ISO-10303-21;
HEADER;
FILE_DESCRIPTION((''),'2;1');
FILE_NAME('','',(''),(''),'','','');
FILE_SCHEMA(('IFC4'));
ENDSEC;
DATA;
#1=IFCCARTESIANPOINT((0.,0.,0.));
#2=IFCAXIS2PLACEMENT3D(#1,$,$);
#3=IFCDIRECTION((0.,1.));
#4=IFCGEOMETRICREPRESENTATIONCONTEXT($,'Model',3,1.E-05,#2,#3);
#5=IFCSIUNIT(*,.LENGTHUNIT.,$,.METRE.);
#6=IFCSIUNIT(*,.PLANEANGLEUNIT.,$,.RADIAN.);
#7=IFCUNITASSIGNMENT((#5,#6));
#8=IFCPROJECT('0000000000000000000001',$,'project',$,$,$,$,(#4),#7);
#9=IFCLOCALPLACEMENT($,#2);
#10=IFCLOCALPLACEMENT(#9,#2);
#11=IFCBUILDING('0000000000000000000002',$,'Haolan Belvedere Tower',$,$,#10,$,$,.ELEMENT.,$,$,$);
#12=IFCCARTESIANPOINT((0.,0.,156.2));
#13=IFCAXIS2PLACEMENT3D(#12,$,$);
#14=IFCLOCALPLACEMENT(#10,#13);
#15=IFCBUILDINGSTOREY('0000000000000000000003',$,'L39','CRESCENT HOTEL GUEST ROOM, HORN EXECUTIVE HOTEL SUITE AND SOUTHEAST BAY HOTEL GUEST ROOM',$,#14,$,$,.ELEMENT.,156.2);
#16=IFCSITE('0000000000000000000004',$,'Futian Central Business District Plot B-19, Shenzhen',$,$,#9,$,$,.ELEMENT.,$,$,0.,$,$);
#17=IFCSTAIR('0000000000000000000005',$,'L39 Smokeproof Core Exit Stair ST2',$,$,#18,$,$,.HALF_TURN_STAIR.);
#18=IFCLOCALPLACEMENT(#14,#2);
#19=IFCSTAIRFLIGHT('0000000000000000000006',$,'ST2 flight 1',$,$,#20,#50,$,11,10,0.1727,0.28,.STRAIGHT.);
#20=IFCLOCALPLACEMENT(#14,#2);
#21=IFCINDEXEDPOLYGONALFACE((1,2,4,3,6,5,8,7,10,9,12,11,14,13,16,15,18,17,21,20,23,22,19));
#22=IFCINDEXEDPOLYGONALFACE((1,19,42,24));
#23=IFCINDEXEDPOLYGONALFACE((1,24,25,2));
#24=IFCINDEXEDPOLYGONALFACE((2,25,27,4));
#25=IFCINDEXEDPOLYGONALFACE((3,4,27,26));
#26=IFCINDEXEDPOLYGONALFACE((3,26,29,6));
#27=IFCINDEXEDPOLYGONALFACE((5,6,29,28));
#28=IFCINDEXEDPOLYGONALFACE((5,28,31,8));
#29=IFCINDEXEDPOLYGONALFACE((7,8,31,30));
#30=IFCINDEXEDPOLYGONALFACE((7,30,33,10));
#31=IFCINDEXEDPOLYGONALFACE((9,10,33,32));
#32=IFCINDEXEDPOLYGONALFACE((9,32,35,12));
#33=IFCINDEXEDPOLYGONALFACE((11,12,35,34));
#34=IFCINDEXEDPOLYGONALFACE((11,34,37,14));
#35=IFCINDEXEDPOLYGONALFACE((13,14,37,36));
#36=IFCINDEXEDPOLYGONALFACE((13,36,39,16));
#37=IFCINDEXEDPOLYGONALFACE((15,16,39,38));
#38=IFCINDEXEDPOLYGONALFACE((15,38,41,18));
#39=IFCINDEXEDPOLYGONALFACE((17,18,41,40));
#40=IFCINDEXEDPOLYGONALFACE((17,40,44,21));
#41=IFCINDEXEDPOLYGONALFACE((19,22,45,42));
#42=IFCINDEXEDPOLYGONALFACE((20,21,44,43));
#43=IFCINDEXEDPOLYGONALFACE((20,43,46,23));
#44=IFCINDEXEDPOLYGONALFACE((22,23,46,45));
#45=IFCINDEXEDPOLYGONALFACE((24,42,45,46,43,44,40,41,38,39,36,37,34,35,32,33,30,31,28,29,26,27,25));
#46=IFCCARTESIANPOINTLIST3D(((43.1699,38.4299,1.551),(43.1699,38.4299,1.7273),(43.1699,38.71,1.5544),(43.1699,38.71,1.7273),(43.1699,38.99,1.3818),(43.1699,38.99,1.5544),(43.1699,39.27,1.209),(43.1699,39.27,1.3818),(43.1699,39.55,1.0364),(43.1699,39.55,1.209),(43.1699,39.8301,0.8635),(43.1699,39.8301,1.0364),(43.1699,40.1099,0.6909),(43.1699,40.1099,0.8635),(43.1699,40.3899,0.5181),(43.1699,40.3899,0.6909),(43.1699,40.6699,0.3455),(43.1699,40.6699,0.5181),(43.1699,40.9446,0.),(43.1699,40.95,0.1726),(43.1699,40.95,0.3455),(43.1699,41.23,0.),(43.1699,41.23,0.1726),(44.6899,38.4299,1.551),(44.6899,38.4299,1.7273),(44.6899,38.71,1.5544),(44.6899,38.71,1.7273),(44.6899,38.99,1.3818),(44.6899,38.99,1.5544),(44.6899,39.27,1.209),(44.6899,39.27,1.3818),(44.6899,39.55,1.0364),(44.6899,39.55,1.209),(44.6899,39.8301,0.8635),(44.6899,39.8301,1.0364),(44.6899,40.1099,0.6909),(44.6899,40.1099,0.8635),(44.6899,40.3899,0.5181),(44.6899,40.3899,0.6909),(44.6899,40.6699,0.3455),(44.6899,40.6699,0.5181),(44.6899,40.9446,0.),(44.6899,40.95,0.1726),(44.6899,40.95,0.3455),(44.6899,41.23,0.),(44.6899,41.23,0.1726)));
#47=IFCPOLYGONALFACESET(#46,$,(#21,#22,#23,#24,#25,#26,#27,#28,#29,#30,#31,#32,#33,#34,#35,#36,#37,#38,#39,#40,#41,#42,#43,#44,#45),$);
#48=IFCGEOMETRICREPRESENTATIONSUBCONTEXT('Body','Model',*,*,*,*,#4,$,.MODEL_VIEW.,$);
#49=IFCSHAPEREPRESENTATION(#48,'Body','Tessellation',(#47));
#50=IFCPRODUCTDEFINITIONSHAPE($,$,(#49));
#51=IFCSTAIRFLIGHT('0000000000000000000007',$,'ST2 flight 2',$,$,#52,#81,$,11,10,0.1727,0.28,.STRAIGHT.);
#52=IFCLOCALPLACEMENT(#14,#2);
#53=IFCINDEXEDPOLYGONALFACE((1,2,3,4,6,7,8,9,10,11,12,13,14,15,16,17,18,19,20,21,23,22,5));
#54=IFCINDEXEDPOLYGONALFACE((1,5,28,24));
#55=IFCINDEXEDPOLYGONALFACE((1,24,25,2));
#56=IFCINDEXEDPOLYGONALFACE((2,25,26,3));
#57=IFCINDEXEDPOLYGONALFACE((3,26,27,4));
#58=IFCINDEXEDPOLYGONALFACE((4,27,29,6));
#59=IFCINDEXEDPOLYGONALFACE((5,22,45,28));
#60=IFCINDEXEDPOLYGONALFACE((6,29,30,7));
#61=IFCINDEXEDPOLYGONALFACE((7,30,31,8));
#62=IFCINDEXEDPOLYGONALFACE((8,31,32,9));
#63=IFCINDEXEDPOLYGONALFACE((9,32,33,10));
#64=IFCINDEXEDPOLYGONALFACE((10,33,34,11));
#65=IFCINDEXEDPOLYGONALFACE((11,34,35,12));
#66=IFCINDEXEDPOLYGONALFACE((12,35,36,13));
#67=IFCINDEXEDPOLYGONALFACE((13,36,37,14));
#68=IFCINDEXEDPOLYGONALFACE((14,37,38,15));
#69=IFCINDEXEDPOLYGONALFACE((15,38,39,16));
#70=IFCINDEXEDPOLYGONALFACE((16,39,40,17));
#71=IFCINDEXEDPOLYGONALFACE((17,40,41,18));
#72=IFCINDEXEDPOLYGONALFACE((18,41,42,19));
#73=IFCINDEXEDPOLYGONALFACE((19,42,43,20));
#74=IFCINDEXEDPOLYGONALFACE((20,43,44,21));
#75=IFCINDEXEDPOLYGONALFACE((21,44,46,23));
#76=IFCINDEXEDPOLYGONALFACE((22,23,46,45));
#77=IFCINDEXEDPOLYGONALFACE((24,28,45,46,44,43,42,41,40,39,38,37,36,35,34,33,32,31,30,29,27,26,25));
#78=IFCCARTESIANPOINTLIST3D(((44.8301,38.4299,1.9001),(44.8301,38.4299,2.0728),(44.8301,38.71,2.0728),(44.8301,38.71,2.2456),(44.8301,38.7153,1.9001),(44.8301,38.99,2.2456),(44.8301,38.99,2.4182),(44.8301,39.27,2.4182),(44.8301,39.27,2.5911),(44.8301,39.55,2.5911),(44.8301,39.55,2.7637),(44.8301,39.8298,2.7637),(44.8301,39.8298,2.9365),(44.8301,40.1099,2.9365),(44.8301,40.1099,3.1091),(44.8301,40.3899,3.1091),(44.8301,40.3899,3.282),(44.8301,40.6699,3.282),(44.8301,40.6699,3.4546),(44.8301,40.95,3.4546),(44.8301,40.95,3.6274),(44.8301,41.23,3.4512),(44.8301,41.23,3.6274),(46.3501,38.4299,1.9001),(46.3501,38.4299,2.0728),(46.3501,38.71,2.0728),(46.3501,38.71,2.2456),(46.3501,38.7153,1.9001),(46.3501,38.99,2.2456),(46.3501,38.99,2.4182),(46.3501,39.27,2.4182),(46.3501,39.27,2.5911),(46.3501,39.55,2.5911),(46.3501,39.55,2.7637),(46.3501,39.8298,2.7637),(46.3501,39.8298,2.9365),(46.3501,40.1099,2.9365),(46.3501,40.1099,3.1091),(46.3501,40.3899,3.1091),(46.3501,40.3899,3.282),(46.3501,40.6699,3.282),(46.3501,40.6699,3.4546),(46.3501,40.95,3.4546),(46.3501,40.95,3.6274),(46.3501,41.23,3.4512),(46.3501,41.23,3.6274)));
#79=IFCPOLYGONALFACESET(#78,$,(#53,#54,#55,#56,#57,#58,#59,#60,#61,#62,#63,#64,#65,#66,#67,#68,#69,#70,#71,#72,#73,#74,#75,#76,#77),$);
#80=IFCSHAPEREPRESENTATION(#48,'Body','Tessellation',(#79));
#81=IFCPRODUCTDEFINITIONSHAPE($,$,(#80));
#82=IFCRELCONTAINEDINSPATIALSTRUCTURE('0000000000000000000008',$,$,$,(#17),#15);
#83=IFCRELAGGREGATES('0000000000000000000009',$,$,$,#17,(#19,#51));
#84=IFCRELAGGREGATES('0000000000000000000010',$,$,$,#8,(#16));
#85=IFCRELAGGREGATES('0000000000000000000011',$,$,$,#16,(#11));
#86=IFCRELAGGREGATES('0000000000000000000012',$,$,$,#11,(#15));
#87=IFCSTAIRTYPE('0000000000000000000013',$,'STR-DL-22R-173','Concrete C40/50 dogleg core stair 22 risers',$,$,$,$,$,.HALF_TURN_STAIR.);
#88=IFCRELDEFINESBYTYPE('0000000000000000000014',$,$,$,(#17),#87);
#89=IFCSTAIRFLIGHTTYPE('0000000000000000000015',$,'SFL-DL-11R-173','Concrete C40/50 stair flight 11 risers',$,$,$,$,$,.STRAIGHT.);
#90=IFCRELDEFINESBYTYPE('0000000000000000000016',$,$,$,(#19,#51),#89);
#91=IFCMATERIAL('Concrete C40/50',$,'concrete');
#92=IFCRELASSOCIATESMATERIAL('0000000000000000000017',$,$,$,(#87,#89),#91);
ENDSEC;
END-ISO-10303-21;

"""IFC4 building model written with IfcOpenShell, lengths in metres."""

from ifc_helpers import new_model, si_unit, direction, frame, origin, place, context, subcontext, project, spatial, polyline, outline, extrude, material, type_object, element, aggregate, save


model = new_model("IFC4")

# Units and contexts
model_context = context("Model", 3, precision=1e-05, world=origin(), true_north=direction((0.0, 1.0)))
body_context = subcontext(model_context, "Body", "Model", "MODEL_VIEW")
ifc_project = project(units=[si_unit("LENGTHUNIT", "METRE"), si_unit("PLANEANGLEUNIT", "RADIAN")], contexts=[model_context])

# Site, building, storey
site_placement = place(None, origin())
site = spatial("IfcSite", under=ifc_project, at=site_placement, Name="Futian Central Business District Plot B-19, Shenzhen", CompositionType="ELEMENT", RefElevation=0.0)
building_placement = place(site_placement, origin())
building = spatial("IfcBuilding", under=site, at=building_placement, Name="Haolan Belvedere Tower", CompositionType="ELEMENT")
storey_placement = place(building_placement, frame((0.0, 0.0, 156.2)))
storey = spatial("IfcBuildingStorey", under=building, at=storey_placement, Name="L39", Description="CRESCENT HOTEL GUEST ROOM, HORN EXECUTIVE HOTEL SUITE AND SOUTHEAST BAY HOTEL GUEST ROOM", CompositionType="ELEMENT", Elevation=156.2)

# Stair, stair flights
ifc_material_1 = material(Name="Concrete C40/50", Category="concrete")
stair_type = type_object("IfcStairType", Name="STR-DL-22R-173", Description="Concrete C40/50 dogleg core stair 22 risers", PredefinedType="HALF_TURN_STAIR", material=ifc_material_1)
stair_flight_type = type_object("IfcStairFlightType", Name="SFL-DL-11R-173", Description="Concrete C40/50 stair flight 11 risers", PredefinedType="STRAIGHT", material=ifc_material_1)
stair_1_placement = place(storey_placement, origin())
stair_1 = element("IfcStair", 1, at=stair_1_placement, inside=storey, type_object=stair_type, Name="L39 Smokeproof Core Exit Stair ST2", PredefinedType="HALF_TURN_STAIR")
stair_flight_1_placement = place(storey_placement, frame((43.9299, 41.23, 0.0), z_axis=(0.0, 0.0, 1.0), x_axis=(0.0, -1.0, 0.0)))
stair_flight_1 = element("IfcStairFlight", 2, at=stair_flight_1_placement, type_object=stair_flight_type, Name="ST2 flight 1", NumberOfRisers=11, NumberOfTreads=10, PredefinedType="STRAIGHT", RiserHeight=0.1727, TreadLength=0.28, context=body_context, shape_type="SweptSolid", body=[
    extrude(outline(polyline([(0.0, 0.0), (0.0, 0.1726), (0.28, 0.1726), (0.28, 0.3455), (0.5601, 0.3455), (0.5601, 0.5181), (0.8401, 0.5181), (0.8401, 0.6909), (1.1201, 0.6909), (1.1201, 0.8635), (1.3999, 0.8635), (1.3999, 1.0364), (1.6799, 1.0364), (1.6799, 1.209), (1.96, 1.209), (1.96, 1.3818), (2.24, 1.3818), (2.24, 1.5544), (2.52, 1.5544), (2.52, 1.7273), (2.8, 1.7273), (2.8, 1.8999), (2.8, 1.551), (0.2854, 0.0), (0.0, 0.0)])), frame((0.0, 0.76, 0.0), z_axis=(0.0, -1.0, 0.0), x_axis=(1.0, 0.0, 0.0)), (0.0, 0.0, 1.0), 1.52),
])
stair_flight_2_placement = place(storey_placement, frame((45.5901, 38.4299, 1.9001), z_axis=(0.0, 0.0, 1.0), x_axis=(0.0, 1.0, 0.0)))
stair_flight_2 = element("IfcStairFlight", 3, at=stair_flight_2_placement, type_object=stair_flight_type, Name="ST2 flight 2", NumberOfRisers=11, NumberOfTreads=10, PredefinedType="STRAIGHT", RiserHeight=0.1727, TreadLength=0.28, context=body_context, shape_type="SweptSolid", body=[
    extrude(outline(polyline([(0.0, 0.0), (0.0, 0.1726), (0.28, 0.1726), (0.28, 0.3455), (0.5601, 0.3455), (0.5601, 0.5181), (0.8401, 0.5181), (0.8401, 0.6909), (1.1201, 0.6909), (1.1201, 0.8635), (1.3999, 0.8635), (1.3999, 1.0364), (1.6799, 1.0364), (1.6799, 1.209), (1.96, 1.209), (1.96, 1.3818), (2.24, 1.3818), (2.24, 1.5544), (2.52, 1.5544), (2.52, 1.7273), (2.8, 1.7273), (2.8, 1.8999), (2.8, 1.551), (0.2854, 0.0), (0.0, 0.0)])), frame((0.0, 0.76, 0.0), z_axis=(0.0, -1.0, 0.0), x_axis=(1.0, 0.0, 0.0)), (0.0, 0.0, 1.0), 1.52),
])
aggregate(stair_1, [stair_flight_1, stair_flight_2])

save(model, "model.ifc")
